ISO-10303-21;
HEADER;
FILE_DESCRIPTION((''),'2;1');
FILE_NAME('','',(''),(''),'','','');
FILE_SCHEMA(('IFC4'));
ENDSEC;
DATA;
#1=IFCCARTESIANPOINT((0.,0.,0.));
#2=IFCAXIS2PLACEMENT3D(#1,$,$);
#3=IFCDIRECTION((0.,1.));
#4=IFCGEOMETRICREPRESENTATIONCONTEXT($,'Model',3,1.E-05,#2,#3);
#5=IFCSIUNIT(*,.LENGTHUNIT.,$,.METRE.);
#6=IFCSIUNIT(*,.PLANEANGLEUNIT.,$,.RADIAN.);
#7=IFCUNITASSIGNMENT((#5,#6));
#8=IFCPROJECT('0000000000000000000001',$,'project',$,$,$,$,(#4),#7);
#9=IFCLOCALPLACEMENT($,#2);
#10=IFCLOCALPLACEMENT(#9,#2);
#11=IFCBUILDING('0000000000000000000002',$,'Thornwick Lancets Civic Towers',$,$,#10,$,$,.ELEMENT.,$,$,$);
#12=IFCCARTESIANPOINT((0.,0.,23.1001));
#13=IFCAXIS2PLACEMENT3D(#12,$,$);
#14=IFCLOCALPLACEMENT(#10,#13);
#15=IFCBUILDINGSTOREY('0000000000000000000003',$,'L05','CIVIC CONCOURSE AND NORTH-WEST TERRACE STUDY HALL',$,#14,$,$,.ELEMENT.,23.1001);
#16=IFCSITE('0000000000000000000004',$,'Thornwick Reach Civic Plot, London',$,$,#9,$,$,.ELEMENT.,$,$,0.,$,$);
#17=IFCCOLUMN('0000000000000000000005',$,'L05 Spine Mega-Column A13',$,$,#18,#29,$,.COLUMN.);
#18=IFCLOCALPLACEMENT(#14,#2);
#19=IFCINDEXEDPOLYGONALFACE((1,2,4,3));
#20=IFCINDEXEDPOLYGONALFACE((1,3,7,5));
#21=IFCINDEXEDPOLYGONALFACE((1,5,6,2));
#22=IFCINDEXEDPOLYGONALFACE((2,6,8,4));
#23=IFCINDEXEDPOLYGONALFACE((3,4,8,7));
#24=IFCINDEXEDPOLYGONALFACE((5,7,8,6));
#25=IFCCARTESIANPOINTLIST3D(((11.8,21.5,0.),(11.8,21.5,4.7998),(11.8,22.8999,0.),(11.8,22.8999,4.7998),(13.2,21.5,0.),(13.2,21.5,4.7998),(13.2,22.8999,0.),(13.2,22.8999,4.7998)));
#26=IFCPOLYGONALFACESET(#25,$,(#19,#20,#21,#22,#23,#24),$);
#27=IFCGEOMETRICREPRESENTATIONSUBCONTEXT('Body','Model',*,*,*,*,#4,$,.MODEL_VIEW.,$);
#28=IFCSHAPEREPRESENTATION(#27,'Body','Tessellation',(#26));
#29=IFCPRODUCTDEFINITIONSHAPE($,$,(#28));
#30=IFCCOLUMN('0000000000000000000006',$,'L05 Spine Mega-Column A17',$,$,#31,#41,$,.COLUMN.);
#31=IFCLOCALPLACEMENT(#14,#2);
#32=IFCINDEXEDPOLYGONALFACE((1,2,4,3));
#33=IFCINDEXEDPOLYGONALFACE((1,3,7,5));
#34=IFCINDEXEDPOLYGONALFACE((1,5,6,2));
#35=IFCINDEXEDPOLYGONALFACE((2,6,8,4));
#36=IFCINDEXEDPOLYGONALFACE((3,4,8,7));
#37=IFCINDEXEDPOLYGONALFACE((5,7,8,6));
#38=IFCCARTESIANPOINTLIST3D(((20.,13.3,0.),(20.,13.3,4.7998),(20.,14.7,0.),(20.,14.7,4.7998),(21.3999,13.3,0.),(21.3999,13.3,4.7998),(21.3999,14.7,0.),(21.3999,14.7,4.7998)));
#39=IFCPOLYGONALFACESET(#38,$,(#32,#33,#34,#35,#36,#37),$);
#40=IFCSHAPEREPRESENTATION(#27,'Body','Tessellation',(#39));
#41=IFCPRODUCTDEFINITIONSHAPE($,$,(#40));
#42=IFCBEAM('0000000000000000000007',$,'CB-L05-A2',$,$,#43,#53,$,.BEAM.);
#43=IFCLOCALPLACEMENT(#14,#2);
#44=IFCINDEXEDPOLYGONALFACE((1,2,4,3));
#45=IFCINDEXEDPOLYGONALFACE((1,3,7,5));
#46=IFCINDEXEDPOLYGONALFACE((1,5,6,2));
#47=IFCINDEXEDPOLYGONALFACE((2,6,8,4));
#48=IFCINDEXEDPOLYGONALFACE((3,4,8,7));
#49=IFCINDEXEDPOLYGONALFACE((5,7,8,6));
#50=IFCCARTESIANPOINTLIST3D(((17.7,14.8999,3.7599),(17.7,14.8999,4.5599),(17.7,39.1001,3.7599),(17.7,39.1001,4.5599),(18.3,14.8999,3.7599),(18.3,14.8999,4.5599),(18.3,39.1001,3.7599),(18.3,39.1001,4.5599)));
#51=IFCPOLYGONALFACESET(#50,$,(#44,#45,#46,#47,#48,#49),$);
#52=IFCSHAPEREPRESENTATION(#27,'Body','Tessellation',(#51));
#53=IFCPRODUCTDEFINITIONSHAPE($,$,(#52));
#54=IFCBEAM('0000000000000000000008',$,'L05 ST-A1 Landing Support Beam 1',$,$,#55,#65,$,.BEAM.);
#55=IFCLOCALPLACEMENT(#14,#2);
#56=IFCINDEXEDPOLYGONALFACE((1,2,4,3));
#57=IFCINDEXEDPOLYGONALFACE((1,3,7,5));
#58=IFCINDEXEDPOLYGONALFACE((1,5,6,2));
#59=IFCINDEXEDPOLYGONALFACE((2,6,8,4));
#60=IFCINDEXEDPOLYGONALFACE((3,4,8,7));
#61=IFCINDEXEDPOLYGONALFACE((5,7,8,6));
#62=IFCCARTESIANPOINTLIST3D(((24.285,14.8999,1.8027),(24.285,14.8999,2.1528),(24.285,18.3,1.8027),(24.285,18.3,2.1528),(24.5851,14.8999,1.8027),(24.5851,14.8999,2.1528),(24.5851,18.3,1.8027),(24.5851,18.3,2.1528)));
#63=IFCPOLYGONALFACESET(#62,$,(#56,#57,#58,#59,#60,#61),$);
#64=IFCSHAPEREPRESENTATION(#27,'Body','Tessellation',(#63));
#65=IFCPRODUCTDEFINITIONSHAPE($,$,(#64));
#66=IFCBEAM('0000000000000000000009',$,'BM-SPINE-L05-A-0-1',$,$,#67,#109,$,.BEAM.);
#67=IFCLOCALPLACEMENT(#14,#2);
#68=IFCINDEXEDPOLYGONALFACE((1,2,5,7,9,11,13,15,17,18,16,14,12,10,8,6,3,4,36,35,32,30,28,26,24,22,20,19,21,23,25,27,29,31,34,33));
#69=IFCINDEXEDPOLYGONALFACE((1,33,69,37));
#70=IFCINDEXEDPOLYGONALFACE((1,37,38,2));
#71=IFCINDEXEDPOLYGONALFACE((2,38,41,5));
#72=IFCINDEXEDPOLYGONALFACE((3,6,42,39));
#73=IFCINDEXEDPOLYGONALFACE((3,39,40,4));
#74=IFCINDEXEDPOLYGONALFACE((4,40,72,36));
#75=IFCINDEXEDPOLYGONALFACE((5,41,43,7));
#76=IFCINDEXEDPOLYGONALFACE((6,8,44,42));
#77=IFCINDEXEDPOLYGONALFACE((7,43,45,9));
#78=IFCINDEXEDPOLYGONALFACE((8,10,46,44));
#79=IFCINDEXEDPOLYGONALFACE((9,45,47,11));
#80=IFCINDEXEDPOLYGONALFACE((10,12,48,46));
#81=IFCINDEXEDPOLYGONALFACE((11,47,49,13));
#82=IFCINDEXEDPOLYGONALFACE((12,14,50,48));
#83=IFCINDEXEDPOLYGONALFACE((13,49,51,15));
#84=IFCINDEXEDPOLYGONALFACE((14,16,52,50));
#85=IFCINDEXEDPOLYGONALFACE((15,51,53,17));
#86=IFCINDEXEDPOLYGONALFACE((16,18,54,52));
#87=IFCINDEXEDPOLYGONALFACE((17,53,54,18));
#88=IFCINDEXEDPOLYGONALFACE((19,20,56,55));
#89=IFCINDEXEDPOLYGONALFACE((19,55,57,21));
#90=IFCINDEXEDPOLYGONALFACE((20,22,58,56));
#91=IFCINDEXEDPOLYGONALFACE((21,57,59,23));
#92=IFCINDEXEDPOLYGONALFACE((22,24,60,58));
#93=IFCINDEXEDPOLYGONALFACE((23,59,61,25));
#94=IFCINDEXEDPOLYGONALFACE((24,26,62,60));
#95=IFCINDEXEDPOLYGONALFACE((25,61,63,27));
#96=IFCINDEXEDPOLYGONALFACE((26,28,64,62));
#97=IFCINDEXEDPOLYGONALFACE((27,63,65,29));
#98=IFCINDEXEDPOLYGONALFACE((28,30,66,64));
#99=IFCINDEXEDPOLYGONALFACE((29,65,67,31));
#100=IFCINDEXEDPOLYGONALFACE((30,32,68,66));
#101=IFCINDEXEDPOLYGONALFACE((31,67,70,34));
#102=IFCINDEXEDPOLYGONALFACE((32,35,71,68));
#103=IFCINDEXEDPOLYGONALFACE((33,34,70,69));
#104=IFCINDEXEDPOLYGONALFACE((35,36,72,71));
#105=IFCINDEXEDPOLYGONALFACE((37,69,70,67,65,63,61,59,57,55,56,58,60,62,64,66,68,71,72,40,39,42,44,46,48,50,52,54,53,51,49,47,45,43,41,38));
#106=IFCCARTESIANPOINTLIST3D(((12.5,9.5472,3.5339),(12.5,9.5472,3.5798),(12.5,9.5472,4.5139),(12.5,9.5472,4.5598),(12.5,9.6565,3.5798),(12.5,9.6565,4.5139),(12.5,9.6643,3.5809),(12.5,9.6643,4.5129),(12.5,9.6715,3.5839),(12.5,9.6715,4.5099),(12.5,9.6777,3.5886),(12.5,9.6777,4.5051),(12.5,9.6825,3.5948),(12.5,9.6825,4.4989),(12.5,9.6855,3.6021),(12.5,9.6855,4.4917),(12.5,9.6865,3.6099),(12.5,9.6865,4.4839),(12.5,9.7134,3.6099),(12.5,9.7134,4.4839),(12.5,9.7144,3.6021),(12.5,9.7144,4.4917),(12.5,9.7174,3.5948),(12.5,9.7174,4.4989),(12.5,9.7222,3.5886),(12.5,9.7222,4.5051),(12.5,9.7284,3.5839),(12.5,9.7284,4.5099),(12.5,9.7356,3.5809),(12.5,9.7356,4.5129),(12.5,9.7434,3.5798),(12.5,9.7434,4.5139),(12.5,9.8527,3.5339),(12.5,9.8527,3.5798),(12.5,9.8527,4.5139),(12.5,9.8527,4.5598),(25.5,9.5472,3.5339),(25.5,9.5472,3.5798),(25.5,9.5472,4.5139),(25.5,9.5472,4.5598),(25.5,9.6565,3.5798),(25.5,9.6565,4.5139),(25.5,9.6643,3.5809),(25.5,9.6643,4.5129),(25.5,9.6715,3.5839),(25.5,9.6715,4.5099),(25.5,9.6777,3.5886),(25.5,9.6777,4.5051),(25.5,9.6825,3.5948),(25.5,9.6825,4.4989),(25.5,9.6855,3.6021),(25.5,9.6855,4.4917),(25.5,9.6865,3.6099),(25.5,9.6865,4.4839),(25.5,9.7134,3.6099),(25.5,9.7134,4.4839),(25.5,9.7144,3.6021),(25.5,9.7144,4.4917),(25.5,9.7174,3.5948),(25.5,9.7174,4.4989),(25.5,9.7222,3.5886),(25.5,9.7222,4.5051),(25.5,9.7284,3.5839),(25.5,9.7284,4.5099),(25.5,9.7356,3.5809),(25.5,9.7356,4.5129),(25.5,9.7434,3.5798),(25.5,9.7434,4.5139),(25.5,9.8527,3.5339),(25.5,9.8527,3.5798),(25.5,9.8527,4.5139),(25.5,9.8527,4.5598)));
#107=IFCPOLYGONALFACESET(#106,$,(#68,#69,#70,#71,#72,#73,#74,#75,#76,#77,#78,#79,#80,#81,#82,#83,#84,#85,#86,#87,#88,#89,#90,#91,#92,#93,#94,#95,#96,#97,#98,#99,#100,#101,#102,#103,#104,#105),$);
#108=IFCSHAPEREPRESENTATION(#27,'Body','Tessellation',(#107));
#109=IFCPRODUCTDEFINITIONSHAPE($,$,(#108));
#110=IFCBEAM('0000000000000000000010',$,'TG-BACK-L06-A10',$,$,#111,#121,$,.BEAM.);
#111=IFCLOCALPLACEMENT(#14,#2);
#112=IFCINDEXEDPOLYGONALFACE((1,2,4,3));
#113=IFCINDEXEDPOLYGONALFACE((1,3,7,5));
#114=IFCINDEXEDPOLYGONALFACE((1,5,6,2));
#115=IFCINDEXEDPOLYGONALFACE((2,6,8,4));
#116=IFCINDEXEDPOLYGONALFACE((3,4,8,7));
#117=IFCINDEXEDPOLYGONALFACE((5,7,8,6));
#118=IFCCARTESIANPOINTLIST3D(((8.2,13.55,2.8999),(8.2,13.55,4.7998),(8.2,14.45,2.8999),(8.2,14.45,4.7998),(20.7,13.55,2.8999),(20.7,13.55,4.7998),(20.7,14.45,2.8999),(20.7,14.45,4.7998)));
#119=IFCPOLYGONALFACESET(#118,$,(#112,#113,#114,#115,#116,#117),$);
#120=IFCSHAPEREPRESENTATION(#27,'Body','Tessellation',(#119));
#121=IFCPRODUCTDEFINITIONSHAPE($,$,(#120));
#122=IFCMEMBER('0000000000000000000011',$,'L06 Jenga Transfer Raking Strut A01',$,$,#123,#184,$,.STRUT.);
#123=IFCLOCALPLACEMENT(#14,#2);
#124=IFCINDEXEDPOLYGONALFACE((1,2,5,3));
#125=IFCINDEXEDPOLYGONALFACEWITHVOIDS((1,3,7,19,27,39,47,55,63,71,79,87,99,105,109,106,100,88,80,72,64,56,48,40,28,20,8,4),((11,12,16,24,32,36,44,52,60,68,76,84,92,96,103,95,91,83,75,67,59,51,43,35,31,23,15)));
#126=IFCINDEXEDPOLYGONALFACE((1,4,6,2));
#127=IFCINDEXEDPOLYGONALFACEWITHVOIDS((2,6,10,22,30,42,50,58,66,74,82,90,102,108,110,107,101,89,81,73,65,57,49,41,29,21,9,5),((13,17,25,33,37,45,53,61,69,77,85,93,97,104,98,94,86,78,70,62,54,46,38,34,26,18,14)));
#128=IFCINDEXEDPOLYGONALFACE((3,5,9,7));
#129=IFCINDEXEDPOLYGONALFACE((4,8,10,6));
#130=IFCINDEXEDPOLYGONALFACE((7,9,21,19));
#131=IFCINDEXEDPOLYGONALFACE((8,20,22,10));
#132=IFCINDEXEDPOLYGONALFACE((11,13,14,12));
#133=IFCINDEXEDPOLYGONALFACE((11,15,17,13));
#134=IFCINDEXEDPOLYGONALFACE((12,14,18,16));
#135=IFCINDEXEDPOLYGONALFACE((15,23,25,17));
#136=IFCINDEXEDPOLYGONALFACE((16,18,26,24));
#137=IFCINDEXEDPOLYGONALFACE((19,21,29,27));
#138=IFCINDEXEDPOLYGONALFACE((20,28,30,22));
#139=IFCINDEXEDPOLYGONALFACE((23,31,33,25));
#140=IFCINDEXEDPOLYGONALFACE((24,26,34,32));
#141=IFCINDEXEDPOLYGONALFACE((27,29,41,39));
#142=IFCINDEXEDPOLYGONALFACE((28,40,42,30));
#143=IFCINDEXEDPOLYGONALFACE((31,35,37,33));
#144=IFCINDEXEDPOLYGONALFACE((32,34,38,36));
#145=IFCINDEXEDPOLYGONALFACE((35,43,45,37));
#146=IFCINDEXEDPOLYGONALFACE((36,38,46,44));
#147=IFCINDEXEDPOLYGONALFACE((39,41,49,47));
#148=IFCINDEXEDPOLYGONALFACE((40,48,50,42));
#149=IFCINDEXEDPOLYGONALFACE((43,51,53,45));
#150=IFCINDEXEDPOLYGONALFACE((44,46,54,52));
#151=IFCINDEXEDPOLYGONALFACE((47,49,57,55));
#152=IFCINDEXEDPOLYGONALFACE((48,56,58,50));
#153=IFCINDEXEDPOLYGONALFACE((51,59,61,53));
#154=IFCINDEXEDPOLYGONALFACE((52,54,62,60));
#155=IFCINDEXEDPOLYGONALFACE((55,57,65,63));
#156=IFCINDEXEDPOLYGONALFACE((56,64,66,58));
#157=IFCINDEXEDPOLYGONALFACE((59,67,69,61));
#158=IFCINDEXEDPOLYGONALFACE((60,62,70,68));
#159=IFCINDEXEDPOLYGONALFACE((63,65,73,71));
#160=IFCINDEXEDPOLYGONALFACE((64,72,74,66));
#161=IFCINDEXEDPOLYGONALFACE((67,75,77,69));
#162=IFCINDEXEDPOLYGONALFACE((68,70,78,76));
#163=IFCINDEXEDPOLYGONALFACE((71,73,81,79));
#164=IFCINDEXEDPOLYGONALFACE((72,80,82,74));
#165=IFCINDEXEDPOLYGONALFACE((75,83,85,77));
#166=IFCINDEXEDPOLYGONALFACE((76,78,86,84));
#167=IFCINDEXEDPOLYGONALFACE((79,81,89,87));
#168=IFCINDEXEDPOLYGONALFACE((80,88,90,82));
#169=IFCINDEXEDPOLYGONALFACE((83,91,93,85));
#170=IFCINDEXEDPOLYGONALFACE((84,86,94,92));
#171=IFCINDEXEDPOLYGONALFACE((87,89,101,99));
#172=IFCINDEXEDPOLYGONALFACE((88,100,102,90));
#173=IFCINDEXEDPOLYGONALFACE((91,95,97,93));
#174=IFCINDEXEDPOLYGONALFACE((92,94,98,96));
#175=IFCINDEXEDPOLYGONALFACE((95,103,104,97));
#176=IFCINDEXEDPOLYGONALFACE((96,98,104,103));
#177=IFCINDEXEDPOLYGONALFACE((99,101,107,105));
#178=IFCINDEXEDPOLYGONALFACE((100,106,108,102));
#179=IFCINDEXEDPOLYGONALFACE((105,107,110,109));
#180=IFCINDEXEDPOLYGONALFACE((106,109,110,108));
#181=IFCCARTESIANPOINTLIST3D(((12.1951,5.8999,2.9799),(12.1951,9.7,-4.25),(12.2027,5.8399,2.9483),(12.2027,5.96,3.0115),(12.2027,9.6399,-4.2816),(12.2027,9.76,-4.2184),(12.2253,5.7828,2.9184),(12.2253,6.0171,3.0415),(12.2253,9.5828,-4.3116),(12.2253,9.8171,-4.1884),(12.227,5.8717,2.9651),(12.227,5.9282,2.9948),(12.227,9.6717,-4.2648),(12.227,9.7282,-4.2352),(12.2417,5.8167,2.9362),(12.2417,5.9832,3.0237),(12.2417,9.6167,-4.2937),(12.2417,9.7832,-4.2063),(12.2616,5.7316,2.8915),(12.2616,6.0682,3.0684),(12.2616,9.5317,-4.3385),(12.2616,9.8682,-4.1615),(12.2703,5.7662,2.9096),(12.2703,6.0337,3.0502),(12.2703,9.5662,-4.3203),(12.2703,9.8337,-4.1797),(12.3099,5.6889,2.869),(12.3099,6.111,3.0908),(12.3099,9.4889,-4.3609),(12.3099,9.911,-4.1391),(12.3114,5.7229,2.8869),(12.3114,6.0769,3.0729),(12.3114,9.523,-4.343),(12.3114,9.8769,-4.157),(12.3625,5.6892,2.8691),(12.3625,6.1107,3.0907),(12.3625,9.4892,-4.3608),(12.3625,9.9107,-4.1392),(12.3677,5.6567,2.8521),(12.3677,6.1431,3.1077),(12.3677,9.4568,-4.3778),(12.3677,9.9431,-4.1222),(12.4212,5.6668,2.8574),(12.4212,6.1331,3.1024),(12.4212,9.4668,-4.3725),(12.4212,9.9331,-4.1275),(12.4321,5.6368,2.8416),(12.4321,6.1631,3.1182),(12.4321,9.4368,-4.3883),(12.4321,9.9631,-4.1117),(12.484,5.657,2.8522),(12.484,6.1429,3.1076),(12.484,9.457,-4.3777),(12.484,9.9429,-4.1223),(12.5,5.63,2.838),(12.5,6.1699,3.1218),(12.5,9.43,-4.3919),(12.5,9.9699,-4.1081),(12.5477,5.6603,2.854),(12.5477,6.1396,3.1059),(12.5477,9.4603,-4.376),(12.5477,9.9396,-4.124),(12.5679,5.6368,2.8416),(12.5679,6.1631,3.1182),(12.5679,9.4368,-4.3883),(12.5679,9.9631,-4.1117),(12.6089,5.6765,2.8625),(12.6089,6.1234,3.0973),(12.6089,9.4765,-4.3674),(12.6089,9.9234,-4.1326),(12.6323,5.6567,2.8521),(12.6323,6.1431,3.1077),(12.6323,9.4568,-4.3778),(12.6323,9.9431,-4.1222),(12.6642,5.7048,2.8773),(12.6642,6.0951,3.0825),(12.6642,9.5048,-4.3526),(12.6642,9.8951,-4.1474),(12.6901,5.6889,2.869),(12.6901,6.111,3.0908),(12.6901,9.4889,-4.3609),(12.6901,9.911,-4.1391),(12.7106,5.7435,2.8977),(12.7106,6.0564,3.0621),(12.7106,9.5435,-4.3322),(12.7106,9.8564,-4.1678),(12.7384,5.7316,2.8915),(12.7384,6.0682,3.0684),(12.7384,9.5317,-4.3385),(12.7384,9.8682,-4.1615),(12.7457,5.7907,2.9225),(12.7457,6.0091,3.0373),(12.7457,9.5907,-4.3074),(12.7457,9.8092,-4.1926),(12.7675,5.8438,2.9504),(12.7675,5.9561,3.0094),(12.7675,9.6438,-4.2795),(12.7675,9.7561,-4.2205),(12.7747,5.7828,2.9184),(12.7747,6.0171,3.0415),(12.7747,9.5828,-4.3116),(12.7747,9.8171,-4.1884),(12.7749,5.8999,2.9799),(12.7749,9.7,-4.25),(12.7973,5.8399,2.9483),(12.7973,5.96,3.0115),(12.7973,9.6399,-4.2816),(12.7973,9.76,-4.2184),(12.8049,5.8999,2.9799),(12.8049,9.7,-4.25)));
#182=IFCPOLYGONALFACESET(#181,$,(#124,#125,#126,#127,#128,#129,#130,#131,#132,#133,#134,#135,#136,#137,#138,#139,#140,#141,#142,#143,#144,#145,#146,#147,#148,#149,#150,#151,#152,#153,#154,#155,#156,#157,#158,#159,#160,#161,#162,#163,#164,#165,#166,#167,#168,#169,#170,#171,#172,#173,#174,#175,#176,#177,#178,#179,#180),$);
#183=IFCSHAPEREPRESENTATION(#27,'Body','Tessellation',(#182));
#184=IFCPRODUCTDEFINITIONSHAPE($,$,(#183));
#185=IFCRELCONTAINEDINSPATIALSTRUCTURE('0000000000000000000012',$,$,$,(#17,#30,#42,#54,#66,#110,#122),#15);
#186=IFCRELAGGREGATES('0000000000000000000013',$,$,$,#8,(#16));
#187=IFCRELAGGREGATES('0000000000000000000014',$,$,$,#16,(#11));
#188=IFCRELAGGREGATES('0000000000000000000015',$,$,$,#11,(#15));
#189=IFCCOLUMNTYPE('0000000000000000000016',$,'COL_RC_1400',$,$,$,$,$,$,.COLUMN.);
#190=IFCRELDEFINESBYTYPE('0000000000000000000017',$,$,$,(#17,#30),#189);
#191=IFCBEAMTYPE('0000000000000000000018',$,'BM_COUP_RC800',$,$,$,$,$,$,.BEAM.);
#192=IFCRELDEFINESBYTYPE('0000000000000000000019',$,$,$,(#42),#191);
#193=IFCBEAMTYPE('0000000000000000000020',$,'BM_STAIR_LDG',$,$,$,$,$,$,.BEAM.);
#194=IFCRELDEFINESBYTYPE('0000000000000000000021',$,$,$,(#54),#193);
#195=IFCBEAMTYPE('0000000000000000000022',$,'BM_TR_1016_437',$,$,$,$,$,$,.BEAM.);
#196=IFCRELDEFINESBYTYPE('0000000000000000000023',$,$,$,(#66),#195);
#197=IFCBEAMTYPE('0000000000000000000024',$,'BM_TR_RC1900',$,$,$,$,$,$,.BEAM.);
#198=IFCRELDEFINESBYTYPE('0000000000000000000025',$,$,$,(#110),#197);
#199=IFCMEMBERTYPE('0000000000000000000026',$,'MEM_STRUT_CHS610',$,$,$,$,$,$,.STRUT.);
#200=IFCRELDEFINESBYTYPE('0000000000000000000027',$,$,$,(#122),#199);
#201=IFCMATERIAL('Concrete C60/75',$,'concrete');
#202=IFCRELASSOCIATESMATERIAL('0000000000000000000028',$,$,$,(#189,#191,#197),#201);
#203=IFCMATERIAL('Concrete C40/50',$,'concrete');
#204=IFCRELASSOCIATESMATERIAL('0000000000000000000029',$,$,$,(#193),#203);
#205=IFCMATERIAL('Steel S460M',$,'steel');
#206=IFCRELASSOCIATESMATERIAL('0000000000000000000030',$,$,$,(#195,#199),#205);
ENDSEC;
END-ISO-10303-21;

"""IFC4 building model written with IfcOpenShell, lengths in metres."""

from ifc_helpers import new_model, si_unit, direction, frame, origin, origin_2d, place, context, subcontext, project, spatial, rectangle, hollow_circle, i_section, extrude, material, material_profile, profile_set, type_object, element, save


model = new_model("IFC4")

# Units and contexts
model_context = context("Model", 3, precision=1e-05, world=origin(), true_north=direction((0.0, 1.0)))
body_context = subcontext(model_context, "Body", "Model", "MODEL_VIEW")
ifc_project = project(units=[si_unit("LENGTHUNIT", "METRE"), si_unit("PLANEANGLEUNIT", "RADIAN")], contexts=[model_context])

# Site, building, storey
site_placement = place(None, origin())
site = spatial("IfcSite", under=ifc_project, at=site_placement, Name="Thornwick Reach Civic Plot, London", CompositionType="ELEMENT", RefElevation=0.0)
building_placement = place(site_placement, origin())
building = spatial("IfcBuilding", under=site, at=building_placement, Name="Thornwick Lancets Civic Towers", CompositionType="ELEMENT")
storey_placement = place(building_placement, frame((0.0, 0.0, 23.1001)))
storey = spatial("IfcBuildingStorey", under=building, at=storey_placement, Name="L05", Description="CIVIC CONCOURSE AND NORTH-WEST TERRACE STUDY HALL", CompositionType="ELEMENT", Elevation=23.1001)

# Columns
ifc_material_1 = material(Name="Concrete C60/75", Category="concrete")
ifc_material_profile_1 = material_profile(ifc_material_1, rectangle(XDim=1.3999, YDim=1.3999, at=origin_2d()), Name="RC 1400x1400")
ifc_profile_set_1 = profile_set([ifc_material_profile_1], Name="Concrete C60/75")
column_type = type_object("IfcColumnType", Name="COL_RC_1400", PredefinedType="COLUMN", material=ifc_profile_set_1)
for number, where, z_axis, x_axis, name in (
    (1, (12.5, 22.2, 0.0), (0.0, 0.0, 1.0), (1.0, 0.0, 0.0), "L05 Spine Mega-Column A13"),
    (2, (20.7, 14.0, 0.0), (0.0, 0.0, 1.0), (1.0, 0.0, 0.0), "L05 Spine Mega-Column A17"),
):
    element("IfcColumn", number, at=place(storey_placement, frame(where, z_axis=z_axis, x_axis=x_axis)), inside=storey, type_object=column_type, Name=name, PredefinedType="COLUMN", context=body_context, shape_type="SweptSolid", body=[
        extrude(rectangle(XDim=1.3999, YDim=1.3999, at=origin_2d()), origin(), (0.0, 0.0, 1.0), 4.7998),
    ])

# Beams
ifc_material_profile_2 = material_profile(ifc_material_1, rectangle(XDim=0.6001, YDim=0.8, at=origin_2d()), Name="RC 600x800")
ifc_profile_set_2 = profile_set([ifc_material_profile_2], Name="Concrete C60/75")
beam_type_1 = type_object("IfcBeamType", Name="BM_COUP_RC800", PredefinedType="BEAM", material=ifc_profile_set_2)
beam_1_placement = place(storey_placement, frame((18.0, 14.8999, 4.1599), z_axis=(0.0, 1.0, 0.0), x_axis=(-1.0, 0.0, 0.0)))
element("IfcBeam", 3, at=beam_1_placement, inside=storey, type_object=beam_type_1, Name="CB-L05-A2", PredefinedType="BEAM", context=body_context, shape_type="SweptSolid", body=[
    extrude(rectangle(XDim=0.6001, YDim=0.8, at=origin_2d()), origin(), (0.0, 0.0, 1.0), 24.2002),
])
ifc_material_2 = material(Name="Concrete C40/50", Category="concrete")
ifc_material_profile_3 = material_profile(ifc_material_2, rectangle(XDim=0.3, YDim=0.3501, at=origin_2d()), Name="RC 300x350")
ifc_profile_set_3 = profile_set([ifc_material_profile_3], Name="Concrete C40/50")
beam_type_2 = type_object("IfcBeamType", Name="BM_STAIR_LDG", PredefinedType="BEAM", material=ifc_profile_set_3)
beam_2_placement = place(storey_placement, frame((24.4351, 14.8999, 1.9778), z_axis=(0.0, 1.0, 0.0), x_axis=(-1.0, 0.0, 0.0)))
element("IfcBeam", 4, at=beam_2_placement, inside=storey, type_object=beam_type_2, Name="L05 ST-A1 Landing Support Beam 1", PredefinedType="BEAM", context=body_context, shape_type="SweptSolid", body=[
    extrude(rectangle(XDim=0.3, YDim=0.3501, at=origin_2d()), origin(), (0.0, 0.0, 1.0), 3.4001),
])
ifc_material_3 = material(Name="Steel S460M", Category="steel")
ifc_material_profile_4 = material_profile(ifc_material_3, i_section(OverallWidth=0.3054, OverallDepth=1.0259, WebThickness=0.0269, FlangeThickness=0.0459, FilletRadius=0.03, at=origin_2d()), Name="UKB 1016x305x437")
ifc_profile_set_4 = profile_set([ifc_material_profile_4], Name="Steel S460M")
beam_type_3 = type_object("IfcBeamType", Name="BM_TR_1016_437", PredefinedType="BEAM", material=ifc_profile_set_4)
beam_3_placement = place(storey_placement, frame((12.5, 9.7, 4.0469), z_axis=(1.0, 0.0, 0.0), x_axis=(0.0, 1.0, 0.0)))
element("IfcBeam", 5, at=beam_3_placement, inside=storey, type_object=beam_type_3, Name="BM-SPINE-L05-A-0-1", PredefinedType="BEAM", context=body_context, shape_type="SweptSolid", body=[
    extrude(i_section(OverallWidth=0.3054, OverallDepth=1.0259, WebThickness=0.0269, FlangeThickness=0.0459, FilletRadius=0.03, at=origin_2d()), origin(), (0.0, 0.0, 1.0), 13.0),
])
ifc_material_profile_5 = material_profile(ifc_material_1, rectangle(XDim=0.8999, YDim=1.8999, at=origin_2d()), Name="RC 900x1900")
ifc_profile_set_5 = profile_set([ifc_material_profile_5], Name="Concrete C60/75")
beam_type_4 = type_object("IfcBeamType", Name="BM_TR_RC1900", PredefinedType="BEAM", material=ifc_profile_set_5)
beam_4_placement = place(storey_placement, frame((20.7, 14.0, 3.8499), z_axis=(-1.0, 0.0, 0.0), x_axis=(0.0, -1.0, 0.0)))
element("IfcBeam", 6, at=beam_4_placement, inside=storey, type_object=beam_type_4, Name="TG-BACK-L06-A10", PredefinedType="BEAM", context=body_context, shape_type="SweptSolid", body=[
    extrude(rectangle(XDim=0.8999, YDim=1.8999, at=origin_2d()), origin(), (0.0, 0.0, 1.0), 12.5),
])

# Member
ifc_material_profile_6 = material_profile(ifc_material_3, hollow_circle(Radius=0.3049, WallThickness=0.03, at=origin_2d()), Name="CHS 610x30")
ifc_profile_set_6 = profile_set([ifc_material_profile_6], Name="Steel S460M")
member_type = type_object("IfcMemberType", Name="MEM_STRUT_CHS610", PredefinedType="STRUT", material=ifc_profile_set_6)
member_placement = place(storey_placement, frame((12.5, 9.7, -4.25), z_axis=(0.0, -0.465247, 0.885181), x_axis=(1.0, 0.0, 0.0)))
element("IfcMember", 7, at=member_placement, inside=storey, type_object=member_type, Name="L06 Jenga Transfer Raking Strut A01", PredefinedType="STRUT", context=body_context, shape_type="SweptSolid", body=[
    extrude(hollow_circle(Radius=0.3049, WallThickness=0.03, at=origin_2d()), origin(), (0.0, 0.0, 1.0), 8.1677),
])

save(model, "model.ifc")
